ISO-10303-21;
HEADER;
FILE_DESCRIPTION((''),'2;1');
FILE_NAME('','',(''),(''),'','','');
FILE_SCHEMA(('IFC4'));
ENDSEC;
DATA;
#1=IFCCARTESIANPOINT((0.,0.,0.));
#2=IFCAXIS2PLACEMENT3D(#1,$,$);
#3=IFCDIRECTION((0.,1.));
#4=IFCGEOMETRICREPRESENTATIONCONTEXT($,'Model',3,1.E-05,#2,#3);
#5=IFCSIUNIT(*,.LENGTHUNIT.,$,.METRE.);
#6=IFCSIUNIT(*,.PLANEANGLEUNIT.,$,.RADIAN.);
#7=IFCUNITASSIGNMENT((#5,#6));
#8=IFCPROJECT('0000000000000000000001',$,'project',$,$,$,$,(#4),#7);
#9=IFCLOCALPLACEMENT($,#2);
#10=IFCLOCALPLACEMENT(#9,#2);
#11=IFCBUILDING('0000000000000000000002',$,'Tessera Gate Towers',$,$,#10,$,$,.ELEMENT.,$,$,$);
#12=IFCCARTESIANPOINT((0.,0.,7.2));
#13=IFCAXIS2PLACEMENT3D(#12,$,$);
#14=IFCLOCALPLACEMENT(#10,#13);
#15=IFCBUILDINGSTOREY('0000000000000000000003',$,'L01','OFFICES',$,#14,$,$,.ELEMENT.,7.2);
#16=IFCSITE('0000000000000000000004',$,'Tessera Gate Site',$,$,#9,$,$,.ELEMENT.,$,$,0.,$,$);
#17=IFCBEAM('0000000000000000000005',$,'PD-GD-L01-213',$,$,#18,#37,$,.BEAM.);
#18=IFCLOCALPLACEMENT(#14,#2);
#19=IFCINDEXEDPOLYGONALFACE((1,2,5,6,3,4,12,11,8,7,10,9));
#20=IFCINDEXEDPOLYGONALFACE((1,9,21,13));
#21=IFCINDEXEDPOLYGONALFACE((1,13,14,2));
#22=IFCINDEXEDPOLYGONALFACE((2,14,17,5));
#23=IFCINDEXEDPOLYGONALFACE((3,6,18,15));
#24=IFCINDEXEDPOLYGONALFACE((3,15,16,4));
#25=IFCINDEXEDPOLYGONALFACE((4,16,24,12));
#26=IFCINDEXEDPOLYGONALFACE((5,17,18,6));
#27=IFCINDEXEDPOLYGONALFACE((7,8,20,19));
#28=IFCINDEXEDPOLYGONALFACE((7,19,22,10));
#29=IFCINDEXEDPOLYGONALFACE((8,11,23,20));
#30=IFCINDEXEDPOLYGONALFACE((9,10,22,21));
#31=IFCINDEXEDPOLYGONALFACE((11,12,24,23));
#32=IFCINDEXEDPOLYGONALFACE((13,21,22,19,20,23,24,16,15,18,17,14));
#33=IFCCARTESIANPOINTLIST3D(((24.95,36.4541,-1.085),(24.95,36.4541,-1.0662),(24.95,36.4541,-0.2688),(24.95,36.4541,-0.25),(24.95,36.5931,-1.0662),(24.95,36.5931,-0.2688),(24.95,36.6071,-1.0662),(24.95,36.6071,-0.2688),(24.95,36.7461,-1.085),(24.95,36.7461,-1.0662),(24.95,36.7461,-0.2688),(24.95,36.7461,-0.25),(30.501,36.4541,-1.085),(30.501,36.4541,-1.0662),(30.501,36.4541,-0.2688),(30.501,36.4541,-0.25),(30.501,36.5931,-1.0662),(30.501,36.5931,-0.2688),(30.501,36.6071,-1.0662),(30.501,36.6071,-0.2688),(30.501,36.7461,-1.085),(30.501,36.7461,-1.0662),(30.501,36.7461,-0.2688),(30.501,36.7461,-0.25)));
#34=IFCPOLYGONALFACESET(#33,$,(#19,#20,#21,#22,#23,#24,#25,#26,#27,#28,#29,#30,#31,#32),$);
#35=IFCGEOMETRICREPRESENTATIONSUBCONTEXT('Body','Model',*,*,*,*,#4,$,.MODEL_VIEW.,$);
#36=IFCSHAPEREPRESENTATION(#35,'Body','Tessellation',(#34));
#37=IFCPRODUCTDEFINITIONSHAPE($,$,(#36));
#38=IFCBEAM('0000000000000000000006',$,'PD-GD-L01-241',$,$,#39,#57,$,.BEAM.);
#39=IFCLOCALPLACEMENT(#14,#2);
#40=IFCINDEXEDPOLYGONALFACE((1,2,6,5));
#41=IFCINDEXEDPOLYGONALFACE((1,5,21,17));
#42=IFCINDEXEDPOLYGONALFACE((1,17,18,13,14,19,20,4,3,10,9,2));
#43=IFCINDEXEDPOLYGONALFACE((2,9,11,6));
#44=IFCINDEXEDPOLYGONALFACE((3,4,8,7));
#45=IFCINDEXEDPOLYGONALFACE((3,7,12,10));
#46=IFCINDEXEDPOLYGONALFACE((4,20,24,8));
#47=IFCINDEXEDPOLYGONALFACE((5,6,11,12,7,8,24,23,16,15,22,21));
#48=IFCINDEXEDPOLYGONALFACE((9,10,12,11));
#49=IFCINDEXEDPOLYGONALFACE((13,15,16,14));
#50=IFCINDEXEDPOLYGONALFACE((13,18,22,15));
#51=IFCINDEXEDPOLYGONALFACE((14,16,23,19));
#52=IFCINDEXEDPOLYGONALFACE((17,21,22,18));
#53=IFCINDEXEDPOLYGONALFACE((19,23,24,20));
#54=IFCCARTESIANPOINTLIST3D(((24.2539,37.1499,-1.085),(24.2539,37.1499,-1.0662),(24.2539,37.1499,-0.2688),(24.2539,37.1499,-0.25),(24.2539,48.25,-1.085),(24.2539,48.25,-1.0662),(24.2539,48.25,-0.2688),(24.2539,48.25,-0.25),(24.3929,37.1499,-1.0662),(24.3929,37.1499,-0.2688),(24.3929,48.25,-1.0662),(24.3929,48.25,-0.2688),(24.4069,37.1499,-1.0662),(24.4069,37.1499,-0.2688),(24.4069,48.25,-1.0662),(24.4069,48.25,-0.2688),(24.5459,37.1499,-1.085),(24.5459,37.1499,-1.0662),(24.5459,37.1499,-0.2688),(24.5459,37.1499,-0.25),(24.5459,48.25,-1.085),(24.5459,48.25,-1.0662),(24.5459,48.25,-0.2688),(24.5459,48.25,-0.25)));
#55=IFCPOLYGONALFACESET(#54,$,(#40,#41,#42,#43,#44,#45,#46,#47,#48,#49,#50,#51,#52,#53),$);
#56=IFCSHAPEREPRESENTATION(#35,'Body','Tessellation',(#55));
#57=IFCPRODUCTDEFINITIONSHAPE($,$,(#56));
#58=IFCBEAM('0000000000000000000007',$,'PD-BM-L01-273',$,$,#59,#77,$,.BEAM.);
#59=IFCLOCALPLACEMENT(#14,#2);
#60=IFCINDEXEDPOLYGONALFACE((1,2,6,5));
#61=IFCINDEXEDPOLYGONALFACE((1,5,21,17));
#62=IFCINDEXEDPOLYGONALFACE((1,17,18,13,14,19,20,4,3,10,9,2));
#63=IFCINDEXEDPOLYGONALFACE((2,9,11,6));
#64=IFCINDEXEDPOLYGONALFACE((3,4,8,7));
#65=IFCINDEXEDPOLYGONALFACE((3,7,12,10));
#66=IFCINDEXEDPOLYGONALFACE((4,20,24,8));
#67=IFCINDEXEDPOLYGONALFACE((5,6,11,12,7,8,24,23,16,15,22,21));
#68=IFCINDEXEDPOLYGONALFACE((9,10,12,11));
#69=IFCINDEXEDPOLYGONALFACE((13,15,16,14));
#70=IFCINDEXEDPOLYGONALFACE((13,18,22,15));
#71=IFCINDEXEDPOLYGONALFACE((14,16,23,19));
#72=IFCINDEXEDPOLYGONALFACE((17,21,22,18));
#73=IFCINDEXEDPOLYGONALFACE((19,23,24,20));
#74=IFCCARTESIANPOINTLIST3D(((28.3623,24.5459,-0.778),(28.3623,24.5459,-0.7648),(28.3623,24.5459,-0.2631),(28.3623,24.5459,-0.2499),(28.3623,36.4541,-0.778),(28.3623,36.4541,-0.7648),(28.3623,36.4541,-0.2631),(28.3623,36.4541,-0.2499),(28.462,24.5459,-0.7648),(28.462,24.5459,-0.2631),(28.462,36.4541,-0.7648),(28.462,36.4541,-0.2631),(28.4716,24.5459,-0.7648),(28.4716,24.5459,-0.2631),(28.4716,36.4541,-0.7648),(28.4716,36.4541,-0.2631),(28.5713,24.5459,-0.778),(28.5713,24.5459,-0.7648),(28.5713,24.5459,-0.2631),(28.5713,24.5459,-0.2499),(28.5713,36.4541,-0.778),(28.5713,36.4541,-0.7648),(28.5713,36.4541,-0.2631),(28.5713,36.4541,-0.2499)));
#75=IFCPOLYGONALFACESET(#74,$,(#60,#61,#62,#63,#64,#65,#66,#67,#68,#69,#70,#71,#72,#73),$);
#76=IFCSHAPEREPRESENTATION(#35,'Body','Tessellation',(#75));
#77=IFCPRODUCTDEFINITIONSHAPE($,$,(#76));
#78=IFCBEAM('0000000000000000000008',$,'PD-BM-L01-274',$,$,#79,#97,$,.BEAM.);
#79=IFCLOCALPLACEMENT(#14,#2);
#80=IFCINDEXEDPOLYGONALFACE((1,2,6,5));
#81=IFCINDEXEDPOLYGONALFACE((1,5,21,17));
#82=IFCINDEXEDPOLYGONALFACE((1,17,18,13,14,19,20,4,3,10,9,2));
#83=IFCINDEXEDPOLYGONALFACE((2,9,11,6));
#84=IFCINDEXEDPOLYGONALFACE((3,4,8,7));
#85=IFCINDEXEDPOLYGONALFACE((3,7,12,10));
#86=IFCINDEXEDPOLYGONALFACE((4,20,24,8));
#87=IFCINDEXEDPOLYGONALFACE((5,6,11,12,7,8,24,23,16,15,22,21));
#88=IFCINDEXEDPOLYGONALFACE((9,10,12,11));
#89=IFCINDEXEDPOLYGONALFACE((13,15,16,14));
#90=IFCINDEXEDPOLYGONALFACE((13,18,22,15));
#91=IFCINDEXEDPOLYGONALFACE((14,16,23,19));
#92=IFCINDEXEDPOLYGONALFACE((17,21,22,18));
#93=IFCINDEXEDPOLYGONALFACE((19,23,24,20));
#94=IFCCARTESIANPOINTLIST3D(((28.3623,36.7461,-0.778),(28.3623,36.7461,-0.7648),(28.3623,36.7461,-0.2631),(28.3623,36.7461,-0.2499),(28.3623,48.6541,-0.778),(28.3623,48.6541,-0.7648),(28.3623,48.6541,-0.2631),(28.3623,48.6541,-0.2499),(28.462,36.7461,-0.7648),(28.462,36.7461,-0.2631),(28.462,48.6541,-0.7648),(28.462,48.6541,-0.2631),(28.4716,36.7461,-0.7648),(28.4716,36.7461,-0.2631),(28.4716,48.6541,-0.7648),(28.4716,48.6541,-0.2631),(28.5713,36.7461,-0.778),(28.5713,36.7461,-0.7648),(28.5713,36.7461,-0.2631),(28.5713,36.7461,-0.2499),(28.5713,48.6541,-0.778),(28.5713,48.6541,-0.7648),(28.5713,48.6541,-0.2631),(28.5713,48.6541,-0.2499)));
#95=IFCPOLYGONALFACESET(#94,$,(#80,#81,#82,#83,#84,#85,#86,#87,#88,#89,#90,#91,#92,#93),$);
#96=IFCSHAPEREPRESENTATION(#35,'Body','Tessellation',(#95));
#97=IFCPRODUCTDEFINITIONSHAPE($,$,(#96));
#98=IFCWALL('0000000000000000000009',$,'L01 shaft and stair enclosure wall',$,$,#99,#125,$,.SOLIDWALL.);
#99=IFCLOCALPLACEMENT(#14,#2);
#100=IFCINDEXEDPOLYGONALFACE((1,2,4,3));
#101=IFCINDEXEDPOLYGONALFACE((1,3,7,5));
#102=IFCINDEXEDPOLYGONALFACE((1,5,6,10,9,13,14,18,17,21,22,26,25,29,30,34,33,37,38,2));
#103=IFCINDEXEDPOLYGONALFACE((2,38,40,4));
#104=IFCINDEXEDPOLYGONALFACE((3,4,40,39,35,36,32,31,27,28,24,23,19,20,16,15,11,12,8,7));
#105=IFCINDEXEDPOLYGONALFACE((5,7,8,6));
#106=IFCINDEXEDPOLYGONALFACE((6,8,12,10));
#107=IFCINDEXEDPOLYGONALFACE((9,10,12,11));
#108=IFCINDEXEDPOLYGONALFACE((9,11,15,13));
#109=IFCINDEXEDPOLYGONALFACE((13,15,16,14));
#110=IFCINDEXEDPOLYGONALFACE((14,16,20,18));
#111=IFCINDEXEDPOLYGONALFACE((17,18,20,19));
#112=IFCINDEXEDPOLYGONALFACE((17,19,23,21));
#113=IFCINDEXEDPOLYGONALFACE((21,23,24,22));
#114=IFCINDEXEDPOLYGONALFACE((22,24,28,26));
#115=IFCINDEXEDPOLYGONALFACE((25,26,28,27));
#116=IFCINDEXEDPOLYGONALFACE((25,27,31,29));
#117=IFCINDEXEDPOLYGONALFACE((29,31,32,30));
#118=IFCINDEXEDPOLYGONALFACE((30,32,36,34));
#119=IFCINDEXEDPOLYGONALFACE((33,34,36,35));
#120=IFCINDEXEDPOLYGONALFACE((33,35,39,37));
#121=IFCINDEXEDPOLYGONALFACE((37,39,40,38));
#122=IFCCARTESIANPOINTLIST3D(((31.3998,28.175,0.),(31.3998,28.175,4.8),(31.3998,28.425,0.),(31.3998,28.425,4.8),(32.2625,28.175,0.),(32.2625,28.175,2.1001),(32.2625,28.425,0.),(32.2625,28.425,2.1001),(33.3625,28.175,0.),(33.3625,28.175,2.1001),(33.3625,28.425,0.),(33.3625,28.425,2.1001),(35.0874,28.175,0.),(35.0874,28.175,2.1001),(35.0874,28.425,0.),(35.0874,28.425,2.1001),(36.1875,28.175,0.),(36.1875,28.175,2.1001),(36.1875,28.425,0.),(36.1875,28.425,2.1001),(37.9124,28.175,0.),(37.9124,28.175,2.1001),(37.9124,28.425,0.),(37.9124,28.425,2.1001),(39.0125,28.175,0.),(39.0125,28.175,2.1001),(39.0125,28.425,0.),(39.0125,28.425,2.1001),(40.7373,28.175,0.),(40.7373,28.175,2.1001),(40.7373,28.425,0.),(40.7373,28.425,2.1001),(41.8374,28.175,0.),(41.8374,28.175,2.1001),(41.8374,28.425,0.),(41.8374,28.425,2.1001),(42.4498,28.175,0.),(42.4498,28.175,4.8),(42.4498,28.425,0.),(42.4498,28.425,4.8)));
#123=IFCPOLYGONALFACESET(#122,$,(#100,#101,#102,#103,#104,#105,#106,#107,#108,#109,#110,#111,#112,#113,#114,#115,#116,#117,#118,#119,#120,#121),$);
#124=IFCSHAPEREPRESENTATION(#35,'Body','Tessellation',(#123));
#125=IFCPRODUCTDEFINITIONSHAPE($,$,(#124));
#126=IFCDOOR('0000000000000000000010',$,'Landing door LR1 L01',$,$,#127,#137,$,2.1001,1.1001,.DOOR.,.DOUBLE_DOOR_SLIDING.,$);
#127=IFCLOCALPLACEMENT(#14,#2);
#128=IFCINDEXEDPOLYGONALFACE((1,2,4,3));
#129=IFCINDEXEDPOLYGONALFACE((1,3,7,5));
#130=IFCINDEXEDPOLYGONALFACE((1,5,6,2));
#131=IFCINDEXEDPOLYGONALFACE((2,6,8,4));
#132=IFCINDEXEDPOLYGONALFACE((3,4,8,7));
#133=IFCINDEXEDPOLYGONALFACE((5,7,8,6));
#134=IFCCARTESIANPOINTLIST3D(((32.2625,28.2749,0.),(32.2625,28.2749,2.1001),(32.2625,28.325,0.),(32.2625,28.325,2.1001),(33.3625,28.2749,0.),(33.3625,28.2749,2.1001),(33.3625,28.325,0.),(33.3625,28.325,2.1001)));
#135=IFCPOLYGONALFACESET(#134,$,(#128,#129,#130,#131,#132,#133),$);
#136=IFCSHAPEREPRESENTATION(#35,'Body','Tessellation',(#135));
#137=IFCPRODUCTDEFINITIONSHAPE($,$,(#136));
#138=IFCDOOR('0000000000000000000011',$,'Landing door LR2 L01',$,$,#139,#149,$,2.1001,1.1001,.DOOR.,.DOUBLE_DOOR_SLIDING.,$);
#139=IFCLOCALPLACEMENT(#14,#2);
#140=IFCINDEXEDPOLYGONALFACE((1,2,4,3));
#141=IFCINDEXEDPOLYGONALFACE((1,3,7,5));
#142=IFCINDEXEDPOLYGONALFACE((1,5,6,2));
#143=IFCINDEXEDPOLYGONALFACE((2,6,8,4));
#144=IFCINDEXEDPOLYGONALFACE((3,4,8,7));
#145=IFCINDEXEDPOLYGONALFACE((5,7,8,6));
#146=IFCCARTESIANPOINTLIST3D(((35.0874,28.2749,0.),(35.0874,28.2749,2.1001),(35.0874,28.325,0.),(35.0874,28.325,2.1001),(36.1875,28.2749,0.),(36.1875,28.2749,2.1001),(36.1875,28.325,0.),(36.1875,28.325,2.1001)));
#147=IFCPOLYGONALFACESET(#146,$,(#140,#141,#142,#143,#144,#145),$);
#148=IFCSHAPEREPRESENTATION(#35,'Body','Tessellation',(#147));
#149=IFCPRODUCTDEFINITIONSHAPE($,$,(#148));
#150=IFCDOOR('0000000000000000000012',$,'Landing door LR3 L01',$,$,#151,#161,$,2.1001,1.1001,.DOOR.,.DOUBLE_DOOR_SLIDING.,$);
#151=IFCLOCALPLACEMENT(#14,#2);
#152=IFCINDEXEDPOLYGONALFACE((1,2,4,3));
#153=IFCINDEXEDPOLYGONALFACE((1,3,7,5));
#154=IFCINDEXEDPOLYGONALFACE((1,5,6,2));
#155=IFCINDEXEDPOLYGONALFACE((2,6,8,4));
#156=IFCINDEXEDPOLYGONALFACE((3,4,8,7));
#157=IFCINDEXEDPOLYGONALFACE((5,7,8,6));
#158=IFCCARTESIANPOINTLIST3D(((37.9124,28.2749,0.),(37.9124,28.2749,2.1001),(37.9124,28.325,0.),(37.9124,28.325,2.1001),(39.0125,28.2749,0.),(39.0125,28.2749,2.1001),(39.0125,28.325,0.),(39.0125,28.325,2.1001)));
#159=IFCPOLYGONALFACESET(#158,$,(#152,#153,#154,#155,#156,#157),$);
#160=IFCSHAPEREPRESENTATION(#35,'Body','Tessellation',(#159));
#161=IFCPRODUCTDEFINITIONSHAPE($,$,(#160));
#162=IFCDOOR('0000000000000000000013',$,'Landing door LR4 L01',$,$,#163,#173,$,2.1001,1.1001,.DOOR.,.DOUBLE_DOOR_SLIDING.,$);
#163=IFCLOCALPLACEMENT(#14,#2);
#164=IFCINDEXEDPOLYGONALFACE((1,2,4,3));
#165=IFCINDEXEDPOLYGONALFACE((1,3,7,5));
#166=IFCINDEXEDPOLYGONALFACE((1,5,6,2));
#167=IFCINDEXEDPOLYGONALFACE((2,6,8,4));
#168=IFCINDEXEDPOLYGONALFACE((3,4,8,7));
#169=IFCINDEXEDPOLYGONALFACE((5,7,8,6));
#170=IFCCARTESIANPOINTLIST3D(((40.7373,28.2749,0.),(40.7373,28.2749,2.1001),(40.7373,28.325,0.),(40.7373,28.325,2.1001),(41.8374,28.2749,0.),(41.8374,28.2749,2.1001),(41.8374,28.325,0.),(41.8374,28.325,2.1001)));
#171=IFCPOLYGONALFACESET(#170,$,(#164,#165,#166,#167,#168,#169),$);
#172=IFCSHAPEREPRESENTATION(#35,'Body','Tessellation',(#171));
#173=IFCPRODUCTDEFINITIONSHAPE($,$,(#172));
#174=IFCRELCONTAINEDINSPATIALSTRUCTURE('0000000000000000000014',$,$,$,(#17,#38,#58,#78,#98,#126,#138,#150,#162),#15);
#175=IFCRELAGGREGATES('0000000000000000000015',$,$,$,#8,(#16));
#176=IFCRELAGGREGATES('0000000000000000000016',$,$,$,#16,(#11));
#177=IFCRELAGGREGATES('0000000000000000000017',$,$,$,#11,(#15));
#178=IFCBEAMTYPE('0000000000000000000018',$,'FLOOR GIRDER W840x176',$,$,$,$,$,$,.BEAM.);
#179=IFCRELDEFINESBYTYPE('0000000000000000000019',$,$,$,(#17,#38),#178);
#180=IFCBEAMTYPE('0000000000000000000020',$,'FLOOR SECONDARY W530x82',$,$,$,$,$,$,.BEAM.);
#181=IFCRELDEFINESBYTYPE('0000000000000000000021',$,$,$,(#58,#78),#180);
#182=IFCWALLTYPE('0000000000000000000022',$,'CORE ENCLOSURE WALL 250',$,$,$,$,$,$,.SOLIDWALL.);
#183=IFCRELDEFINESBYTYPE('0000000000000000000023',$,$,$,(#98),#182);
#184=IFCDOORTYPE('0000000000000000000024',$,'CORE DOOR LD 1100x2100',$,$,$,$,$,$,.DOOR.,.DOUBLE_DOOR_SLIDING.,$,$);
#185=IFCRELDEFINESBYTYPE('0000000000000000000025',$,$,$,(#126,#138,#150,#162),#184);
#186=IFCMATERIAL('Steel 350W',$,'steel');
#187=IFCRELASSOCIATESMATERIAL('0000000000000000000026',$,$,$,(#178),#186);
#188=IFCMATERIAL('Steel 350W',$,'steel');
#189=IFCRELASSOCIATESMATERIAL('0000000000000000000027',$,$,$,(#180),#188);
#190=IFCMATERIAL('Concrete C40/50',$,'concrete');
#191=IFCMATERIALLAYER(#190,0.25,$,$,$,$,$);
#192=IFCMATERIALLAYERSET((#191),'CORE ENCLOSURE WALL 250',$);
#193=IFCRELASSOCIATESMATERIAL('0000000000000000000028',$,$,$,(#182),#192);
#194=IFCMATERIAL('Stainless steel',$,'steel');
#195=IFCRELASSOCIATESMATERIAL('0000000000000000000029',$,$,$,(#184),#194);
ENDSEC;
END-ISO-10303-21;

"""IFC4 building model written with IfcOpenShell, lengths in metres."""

from ifc_helpers import new_model, si_unit, direction, frame, frame_2d, origin, origin_2d, place, context, subcontext, project, spatial, rectangle, i_section, extrude, source, transform, mapped, material, layer, layer_set, material_profile, profile_set, type_object, element, fill, save


model = new_model("IFC4")

# Units and contexts
model_context = context("Model", 3, precision=1e-05, world=origin(), true_north=direction((0.0, 1.0)))
body_context = subcontext(model_context, "Body", "Model", "MODEL_VIEW")
ifc_project = project(units=[si_unit("LENGTHUNIT", "METRE"), si_unit("PLANEANGLEUNIT", "RADIAN")], contexts=[model_context])

# Site, building, storey
site_placement = place(None, origin())
site = spatial("IfcSite", under=ifc_project, at=site_placement, Name="Tessera Gate Site", CompositionType="ELEMENT", RefElevation=0.0)
building_placement = place(site_placement, origin())
building = spatial("IfcBuilding", under=site, at=building_placement, Name="Tessera Gate Towers", CompositionType="ELEMENT")
storey_placement = place(building_placement, frame((0.0, 0.0, 7.2)))
storey = spatial("IfcBuildingStorey", under=building, at=storey_placement, Name="L01", Description="OFFICES", CompositionType="ELEMENT", Elevation=7.2)

# Beams
ifc_material_1 = material(Name="Steel 350W", Category="steel")
ifc_material_profile_1 = material_profile(ifc_material_1, i_section(OverallWidth=0.292, OverallDepth=0.835, WebThickness=0.0139, FlangeThickness=0.0188, at=origin_2d()), Name="W840x176")
ifc_profile_set_1 = profile_set([ifc_material_profile_1], Name="Steel 350W")
beam_type_1 = type_object("IfcBeamType", Name="FLOOR GIRDER W840x176", PredefinedType="BEAM", material=ifc_profile_set_1)
beam_1_placement = place(storey_placement, frame((24.95, 36.6001, -0.6675), z_axis=(1.0, 0.0, 0.0), x_axis=(0.0, 1.0, 0.0)))
element("IfcBeam", 1, at=beam_1_placement, inside=storey, type_object=beam_type_1, Name="PD-GD-L01-213", PredefinedType="BEAM", context=body_context, shape_type="SweptSolid", body=[
    extrude(i_section(OverallWidth=0.292, OverallDepth=0.835, WebThickness=0.0139, FlangeThickness=0.0188, at=origin_2d()), origin(), (0.0, 0.0, 1.0), 5.551),
])
beam_2_placement = place(storey_placement, frame((24.3999, 37.1499, -0.6675), z_axis=(0.0, 1.0, 0.0), x_axis=(-1.0, 0.0, 0.0)))
element("IfcBeam", 2, at=beam_2_placement, inside=storey, type_object=beam_type_1, Name="PD-GD-L01-241", PredefinedType="BEAM", context=body_context, shape_type="SweptSolid", body=[
    extrude(i_section(OverallWidth=0.292, OverallDepth=0.835, WebThickness=0.0139, FlangeThickness=0.0188, at=origin_2d()), origin(), (0.0, 0.0, 1.0), 11.1001),
])
ifc_material_2 = material(Name="Steel 350W", Category="steel")
ifc_material_profile_2 = material_profile(ifc_material_2, i_section(OverallWidth=0.209, OverallDepth=0.5281, WebThickness=0.0095, FlangeThickness=0.0132, at=origin_2d()), Name="W530x82")
ifc_profile_set_2 = profile_set([ifc_material_profile_2], Name="Steel 350W")
beam_type_2 = type_object("IfcBeamType", Name="FLOOR SECONDARY W530x82", PredefinedType="BEAM", material=ifc_profile_set_2)
beam_3_placement = place(storey_placement, frame((28.4668, 24.5459, -0.5139), z_axis=(0.0, 1.0, 0.0), x_axis=(-1.0, 0.0, 0.0)))
element("IfcBeam", 3, at=beam_3_placement, inside=storey, type_object=beam_type_2, Name="PD-BM-L01-273", PredefinedType="BEAM", context=body_context, shape_type="SweptSolid", body=[
    extrude(i_section(OverallWidth=0.209, OverallDepth=0.5281, WebThickness=0.0095, FlangeThickness=0.0132, at=origin_2d()), origin(), (0.0, 0.0, 1.0), 11.9082),
])
beam_4_placement = place(storey_placement, frame((28.4668, 36.7461, -0.5139), z_axis=(0.0, 1.0, 0.0), x_axis=(-1.0, 0.0, 0.0)))
element("IfcBeam", 4, at=beam_4_placement, inside=storey, type_object=beam_type_2, Name="PD-BM-L01-274", PredefinedType="BEAM", context=body_context, shape_type="SweptSolid", body=[
    extrude(i_section(OverallWidth=0.209, OverallDepth=0.5281, WebThickness=0.0095, FlangeThickness=0.0132, at=origin_2d()), origin(), (0.0, 0.0, 1.0), 11.908),
])

# Wall, openings, doors
ifc_material_3 = material(Name="Concrete C40/50", Category="concrete")
ifc_layer_1 = layer(ifc_material_3, 0.25)
ifc_layer_set_1 = layer_set([ifc_layer_1], Name="CORE ENCLOSURE WALL 250")
wall_type_1 = type_object("IfcWallType", Name="CORE ENCLOSURE WALL 250", PredefinedType="SOLIDWALL", material=ifc_layer_set_1)
wall_1_placement = place(storey_placement, frame((31.3999, 28.3, 0.0), z_axis=(0.0, 0.0, 1.0), x_axis=(1.0, 0.0, 0.0)))
wall_1 = element("IfcWall", 5, at=wall_1_placement, inside=storey, type_object=wall_type_1, Name="L01 shaft and stair enclosure wall", PredefinedType="SOLIDWALL", context=body_context, shape_type="SweptSolid", body=[
    extrude(rectangle(XDim=11.05, YDim=0.25, at=frame_2d((5.5249, 0.0))), origin(), (0.0, 0.0, 1.0), 4.8),
])
shared_shape_1 = source(origin(), body_context, "Body", "SweptSolid", [
    extrude(rectangle(XDim=1.1001, YDim=2.1001, at=frame_2d((0.55, 1.05))), frame((0.0, 0.135, 0.0), z_axis=(0.0, -1.0, 0.0), x_axis=(1.0, 0.0, 0.0)), (0.0, 0.0, 1.0), 0.27),
])
opening_1_placement = place(wall_1_placement, frame((0.8625, 0.0, 0.0)))
opening_1 = element("IfcOpeningElement", 6, at=opening_1_placement, cuts=wall_1, PredefinedType="OPENING", context=body_context, shape_type="MappedRepresentation", body=[
    mapped(shared_shape_1, transform((0.0, 0.0, 0.0), scale=1.0)),
])
opening_2_placement = place(wall_1_placement, frame((3.6875, 0.0, 0.0)))
opening_2 = element("IfcOpeningElement", 7, at=opening_2_placement, cuts=wall_1, PredefinedType="OPENING", context=body_context, shape_type="MappedRepresentation", body=[
    mapped(shared_shape_1, transform((0.0, 0.0, 0.0), scale=1.0)),
])
opening_3_placement = place(wall_1_placement, frame((6.5125, 0.0, 0.0)))
opening_3 = element("IfcOpeningElement", 8, at=opening_3_placement, cuts=wall_1, PredefinedType="OPENING", context=body_context, shape_type="MappedRepresentation", body=[
    mapped(shared_shape_1, transform((0.0, 0.0, 0.0), scale=1.0)),
])
opening_4_placement = place(wall_1_placement, frame((9.3374, 0.0, 0.0)))
opening_4 = element("IfcOpeningElement", 9, at=opening_4_placement, cuts=wall_1, PredefinedType="OPENING", context=body_context, shape_type="MappedRepresentation", body=[
    mapped(shared_shape_1, transform((0.0, 0.0, 0.0), scale=1.0)),
])
ifc_material_4 = material(Name="Stainless steel", Category="steel")
door_type_1 = type_object("IfcDoorType", Name="CORE DOOR LD 1100x2100", OperationType="DOUBLE_DOOR_SLIDING", PredefinedType="DOOR", material=ifc_material_4)
shared_shape_2 = source(origin(), body_context, "Body", "SweptSolid", [
    extrude(rectangle(XDim=1.1001, YDim=2.1001, at=frame_2d((0.55, 1.05))), frame((0.0, 0.0249, 0.0), z_axis=(0.0, -1.0, 0.0), x_axis=(1.0, 0.0, 0.0)), (0.0, 0.0, 1.0), 0.05),
])
door_1_placement = place(opening_1_placement, origin())
door_1 = element("IfcDoor", 10, at=door_1_placement, inside=storey, type_object=door_type_1, Name="Landing door LR1 L01", OperationType="DOUBLE_DOOR_SLIDING", OverallHeight=2.1001, OverallWidth=1.1001, PredefinedType="DOOR", context=body_context, shape_type="MappedRepresentation", body=[
    mapped(shared_shape_2, transform((0.0, 0.0, 0.0), scale=1.0)),
])
fill(opening_1, door_1)
door_2_placement = place(opening_2_placement, origin())
door_2 = element("IfcDoor", 11, at=door_2_placement, inside=storey, type_object=door_type_1, Name="Landing door LR2 L01", OperationType="DOUBLE_DOOR_SLIDING", OverallHeight=2.1001, OverallWidth=1.1001, PredefinedType="DOOR", context=body_context, shape_type="MappedRepresentation", body=[
    mapped(shared_shape_2, transform((0.0, 0.0, 0.0), scale=1.0)),
])
fill(opening_2, door_2)
door_3_placement = place(opening_3_placement, origin())
door_3 = element("IfcDoor", 12, at=door_3_placement, inside=storey, type_object=door_type_1, Name="Landing door LR3 L01", OperationType="DOUBLE_DOOR_SLIDING", OverallHeight=2.1001, OverallWidth=1.1001, PredefinedType="DOOR", context=body_context, shape_type="MappedRepresentation", body=[
    mapped(shared_shape_2, transform((0.0, 0.0, 0.0), scale=1.0)),
])
fill(opening_3, door_3)
door_4_placement = place(opening_4_placement, origin())
door_4 = element("IfcDoor", 13, at=door_4_placement, inside=storey, type_object=door_type_1, Name="Landing door LR4 L01", OperationType="DOUBLE_DOOR_SLIDING", OverallHeight=2.1001, OverallWidth=1.1001, PredefinedType="DOOR", context=body_context, shape_type="MappedRepresentation", body=[
    mapped(shared_shape_2, transform((0.0, 0.0, 0.0), scale=1.0)),
])
fill(opening_4, door_4)

save(model, "model.ifc")
